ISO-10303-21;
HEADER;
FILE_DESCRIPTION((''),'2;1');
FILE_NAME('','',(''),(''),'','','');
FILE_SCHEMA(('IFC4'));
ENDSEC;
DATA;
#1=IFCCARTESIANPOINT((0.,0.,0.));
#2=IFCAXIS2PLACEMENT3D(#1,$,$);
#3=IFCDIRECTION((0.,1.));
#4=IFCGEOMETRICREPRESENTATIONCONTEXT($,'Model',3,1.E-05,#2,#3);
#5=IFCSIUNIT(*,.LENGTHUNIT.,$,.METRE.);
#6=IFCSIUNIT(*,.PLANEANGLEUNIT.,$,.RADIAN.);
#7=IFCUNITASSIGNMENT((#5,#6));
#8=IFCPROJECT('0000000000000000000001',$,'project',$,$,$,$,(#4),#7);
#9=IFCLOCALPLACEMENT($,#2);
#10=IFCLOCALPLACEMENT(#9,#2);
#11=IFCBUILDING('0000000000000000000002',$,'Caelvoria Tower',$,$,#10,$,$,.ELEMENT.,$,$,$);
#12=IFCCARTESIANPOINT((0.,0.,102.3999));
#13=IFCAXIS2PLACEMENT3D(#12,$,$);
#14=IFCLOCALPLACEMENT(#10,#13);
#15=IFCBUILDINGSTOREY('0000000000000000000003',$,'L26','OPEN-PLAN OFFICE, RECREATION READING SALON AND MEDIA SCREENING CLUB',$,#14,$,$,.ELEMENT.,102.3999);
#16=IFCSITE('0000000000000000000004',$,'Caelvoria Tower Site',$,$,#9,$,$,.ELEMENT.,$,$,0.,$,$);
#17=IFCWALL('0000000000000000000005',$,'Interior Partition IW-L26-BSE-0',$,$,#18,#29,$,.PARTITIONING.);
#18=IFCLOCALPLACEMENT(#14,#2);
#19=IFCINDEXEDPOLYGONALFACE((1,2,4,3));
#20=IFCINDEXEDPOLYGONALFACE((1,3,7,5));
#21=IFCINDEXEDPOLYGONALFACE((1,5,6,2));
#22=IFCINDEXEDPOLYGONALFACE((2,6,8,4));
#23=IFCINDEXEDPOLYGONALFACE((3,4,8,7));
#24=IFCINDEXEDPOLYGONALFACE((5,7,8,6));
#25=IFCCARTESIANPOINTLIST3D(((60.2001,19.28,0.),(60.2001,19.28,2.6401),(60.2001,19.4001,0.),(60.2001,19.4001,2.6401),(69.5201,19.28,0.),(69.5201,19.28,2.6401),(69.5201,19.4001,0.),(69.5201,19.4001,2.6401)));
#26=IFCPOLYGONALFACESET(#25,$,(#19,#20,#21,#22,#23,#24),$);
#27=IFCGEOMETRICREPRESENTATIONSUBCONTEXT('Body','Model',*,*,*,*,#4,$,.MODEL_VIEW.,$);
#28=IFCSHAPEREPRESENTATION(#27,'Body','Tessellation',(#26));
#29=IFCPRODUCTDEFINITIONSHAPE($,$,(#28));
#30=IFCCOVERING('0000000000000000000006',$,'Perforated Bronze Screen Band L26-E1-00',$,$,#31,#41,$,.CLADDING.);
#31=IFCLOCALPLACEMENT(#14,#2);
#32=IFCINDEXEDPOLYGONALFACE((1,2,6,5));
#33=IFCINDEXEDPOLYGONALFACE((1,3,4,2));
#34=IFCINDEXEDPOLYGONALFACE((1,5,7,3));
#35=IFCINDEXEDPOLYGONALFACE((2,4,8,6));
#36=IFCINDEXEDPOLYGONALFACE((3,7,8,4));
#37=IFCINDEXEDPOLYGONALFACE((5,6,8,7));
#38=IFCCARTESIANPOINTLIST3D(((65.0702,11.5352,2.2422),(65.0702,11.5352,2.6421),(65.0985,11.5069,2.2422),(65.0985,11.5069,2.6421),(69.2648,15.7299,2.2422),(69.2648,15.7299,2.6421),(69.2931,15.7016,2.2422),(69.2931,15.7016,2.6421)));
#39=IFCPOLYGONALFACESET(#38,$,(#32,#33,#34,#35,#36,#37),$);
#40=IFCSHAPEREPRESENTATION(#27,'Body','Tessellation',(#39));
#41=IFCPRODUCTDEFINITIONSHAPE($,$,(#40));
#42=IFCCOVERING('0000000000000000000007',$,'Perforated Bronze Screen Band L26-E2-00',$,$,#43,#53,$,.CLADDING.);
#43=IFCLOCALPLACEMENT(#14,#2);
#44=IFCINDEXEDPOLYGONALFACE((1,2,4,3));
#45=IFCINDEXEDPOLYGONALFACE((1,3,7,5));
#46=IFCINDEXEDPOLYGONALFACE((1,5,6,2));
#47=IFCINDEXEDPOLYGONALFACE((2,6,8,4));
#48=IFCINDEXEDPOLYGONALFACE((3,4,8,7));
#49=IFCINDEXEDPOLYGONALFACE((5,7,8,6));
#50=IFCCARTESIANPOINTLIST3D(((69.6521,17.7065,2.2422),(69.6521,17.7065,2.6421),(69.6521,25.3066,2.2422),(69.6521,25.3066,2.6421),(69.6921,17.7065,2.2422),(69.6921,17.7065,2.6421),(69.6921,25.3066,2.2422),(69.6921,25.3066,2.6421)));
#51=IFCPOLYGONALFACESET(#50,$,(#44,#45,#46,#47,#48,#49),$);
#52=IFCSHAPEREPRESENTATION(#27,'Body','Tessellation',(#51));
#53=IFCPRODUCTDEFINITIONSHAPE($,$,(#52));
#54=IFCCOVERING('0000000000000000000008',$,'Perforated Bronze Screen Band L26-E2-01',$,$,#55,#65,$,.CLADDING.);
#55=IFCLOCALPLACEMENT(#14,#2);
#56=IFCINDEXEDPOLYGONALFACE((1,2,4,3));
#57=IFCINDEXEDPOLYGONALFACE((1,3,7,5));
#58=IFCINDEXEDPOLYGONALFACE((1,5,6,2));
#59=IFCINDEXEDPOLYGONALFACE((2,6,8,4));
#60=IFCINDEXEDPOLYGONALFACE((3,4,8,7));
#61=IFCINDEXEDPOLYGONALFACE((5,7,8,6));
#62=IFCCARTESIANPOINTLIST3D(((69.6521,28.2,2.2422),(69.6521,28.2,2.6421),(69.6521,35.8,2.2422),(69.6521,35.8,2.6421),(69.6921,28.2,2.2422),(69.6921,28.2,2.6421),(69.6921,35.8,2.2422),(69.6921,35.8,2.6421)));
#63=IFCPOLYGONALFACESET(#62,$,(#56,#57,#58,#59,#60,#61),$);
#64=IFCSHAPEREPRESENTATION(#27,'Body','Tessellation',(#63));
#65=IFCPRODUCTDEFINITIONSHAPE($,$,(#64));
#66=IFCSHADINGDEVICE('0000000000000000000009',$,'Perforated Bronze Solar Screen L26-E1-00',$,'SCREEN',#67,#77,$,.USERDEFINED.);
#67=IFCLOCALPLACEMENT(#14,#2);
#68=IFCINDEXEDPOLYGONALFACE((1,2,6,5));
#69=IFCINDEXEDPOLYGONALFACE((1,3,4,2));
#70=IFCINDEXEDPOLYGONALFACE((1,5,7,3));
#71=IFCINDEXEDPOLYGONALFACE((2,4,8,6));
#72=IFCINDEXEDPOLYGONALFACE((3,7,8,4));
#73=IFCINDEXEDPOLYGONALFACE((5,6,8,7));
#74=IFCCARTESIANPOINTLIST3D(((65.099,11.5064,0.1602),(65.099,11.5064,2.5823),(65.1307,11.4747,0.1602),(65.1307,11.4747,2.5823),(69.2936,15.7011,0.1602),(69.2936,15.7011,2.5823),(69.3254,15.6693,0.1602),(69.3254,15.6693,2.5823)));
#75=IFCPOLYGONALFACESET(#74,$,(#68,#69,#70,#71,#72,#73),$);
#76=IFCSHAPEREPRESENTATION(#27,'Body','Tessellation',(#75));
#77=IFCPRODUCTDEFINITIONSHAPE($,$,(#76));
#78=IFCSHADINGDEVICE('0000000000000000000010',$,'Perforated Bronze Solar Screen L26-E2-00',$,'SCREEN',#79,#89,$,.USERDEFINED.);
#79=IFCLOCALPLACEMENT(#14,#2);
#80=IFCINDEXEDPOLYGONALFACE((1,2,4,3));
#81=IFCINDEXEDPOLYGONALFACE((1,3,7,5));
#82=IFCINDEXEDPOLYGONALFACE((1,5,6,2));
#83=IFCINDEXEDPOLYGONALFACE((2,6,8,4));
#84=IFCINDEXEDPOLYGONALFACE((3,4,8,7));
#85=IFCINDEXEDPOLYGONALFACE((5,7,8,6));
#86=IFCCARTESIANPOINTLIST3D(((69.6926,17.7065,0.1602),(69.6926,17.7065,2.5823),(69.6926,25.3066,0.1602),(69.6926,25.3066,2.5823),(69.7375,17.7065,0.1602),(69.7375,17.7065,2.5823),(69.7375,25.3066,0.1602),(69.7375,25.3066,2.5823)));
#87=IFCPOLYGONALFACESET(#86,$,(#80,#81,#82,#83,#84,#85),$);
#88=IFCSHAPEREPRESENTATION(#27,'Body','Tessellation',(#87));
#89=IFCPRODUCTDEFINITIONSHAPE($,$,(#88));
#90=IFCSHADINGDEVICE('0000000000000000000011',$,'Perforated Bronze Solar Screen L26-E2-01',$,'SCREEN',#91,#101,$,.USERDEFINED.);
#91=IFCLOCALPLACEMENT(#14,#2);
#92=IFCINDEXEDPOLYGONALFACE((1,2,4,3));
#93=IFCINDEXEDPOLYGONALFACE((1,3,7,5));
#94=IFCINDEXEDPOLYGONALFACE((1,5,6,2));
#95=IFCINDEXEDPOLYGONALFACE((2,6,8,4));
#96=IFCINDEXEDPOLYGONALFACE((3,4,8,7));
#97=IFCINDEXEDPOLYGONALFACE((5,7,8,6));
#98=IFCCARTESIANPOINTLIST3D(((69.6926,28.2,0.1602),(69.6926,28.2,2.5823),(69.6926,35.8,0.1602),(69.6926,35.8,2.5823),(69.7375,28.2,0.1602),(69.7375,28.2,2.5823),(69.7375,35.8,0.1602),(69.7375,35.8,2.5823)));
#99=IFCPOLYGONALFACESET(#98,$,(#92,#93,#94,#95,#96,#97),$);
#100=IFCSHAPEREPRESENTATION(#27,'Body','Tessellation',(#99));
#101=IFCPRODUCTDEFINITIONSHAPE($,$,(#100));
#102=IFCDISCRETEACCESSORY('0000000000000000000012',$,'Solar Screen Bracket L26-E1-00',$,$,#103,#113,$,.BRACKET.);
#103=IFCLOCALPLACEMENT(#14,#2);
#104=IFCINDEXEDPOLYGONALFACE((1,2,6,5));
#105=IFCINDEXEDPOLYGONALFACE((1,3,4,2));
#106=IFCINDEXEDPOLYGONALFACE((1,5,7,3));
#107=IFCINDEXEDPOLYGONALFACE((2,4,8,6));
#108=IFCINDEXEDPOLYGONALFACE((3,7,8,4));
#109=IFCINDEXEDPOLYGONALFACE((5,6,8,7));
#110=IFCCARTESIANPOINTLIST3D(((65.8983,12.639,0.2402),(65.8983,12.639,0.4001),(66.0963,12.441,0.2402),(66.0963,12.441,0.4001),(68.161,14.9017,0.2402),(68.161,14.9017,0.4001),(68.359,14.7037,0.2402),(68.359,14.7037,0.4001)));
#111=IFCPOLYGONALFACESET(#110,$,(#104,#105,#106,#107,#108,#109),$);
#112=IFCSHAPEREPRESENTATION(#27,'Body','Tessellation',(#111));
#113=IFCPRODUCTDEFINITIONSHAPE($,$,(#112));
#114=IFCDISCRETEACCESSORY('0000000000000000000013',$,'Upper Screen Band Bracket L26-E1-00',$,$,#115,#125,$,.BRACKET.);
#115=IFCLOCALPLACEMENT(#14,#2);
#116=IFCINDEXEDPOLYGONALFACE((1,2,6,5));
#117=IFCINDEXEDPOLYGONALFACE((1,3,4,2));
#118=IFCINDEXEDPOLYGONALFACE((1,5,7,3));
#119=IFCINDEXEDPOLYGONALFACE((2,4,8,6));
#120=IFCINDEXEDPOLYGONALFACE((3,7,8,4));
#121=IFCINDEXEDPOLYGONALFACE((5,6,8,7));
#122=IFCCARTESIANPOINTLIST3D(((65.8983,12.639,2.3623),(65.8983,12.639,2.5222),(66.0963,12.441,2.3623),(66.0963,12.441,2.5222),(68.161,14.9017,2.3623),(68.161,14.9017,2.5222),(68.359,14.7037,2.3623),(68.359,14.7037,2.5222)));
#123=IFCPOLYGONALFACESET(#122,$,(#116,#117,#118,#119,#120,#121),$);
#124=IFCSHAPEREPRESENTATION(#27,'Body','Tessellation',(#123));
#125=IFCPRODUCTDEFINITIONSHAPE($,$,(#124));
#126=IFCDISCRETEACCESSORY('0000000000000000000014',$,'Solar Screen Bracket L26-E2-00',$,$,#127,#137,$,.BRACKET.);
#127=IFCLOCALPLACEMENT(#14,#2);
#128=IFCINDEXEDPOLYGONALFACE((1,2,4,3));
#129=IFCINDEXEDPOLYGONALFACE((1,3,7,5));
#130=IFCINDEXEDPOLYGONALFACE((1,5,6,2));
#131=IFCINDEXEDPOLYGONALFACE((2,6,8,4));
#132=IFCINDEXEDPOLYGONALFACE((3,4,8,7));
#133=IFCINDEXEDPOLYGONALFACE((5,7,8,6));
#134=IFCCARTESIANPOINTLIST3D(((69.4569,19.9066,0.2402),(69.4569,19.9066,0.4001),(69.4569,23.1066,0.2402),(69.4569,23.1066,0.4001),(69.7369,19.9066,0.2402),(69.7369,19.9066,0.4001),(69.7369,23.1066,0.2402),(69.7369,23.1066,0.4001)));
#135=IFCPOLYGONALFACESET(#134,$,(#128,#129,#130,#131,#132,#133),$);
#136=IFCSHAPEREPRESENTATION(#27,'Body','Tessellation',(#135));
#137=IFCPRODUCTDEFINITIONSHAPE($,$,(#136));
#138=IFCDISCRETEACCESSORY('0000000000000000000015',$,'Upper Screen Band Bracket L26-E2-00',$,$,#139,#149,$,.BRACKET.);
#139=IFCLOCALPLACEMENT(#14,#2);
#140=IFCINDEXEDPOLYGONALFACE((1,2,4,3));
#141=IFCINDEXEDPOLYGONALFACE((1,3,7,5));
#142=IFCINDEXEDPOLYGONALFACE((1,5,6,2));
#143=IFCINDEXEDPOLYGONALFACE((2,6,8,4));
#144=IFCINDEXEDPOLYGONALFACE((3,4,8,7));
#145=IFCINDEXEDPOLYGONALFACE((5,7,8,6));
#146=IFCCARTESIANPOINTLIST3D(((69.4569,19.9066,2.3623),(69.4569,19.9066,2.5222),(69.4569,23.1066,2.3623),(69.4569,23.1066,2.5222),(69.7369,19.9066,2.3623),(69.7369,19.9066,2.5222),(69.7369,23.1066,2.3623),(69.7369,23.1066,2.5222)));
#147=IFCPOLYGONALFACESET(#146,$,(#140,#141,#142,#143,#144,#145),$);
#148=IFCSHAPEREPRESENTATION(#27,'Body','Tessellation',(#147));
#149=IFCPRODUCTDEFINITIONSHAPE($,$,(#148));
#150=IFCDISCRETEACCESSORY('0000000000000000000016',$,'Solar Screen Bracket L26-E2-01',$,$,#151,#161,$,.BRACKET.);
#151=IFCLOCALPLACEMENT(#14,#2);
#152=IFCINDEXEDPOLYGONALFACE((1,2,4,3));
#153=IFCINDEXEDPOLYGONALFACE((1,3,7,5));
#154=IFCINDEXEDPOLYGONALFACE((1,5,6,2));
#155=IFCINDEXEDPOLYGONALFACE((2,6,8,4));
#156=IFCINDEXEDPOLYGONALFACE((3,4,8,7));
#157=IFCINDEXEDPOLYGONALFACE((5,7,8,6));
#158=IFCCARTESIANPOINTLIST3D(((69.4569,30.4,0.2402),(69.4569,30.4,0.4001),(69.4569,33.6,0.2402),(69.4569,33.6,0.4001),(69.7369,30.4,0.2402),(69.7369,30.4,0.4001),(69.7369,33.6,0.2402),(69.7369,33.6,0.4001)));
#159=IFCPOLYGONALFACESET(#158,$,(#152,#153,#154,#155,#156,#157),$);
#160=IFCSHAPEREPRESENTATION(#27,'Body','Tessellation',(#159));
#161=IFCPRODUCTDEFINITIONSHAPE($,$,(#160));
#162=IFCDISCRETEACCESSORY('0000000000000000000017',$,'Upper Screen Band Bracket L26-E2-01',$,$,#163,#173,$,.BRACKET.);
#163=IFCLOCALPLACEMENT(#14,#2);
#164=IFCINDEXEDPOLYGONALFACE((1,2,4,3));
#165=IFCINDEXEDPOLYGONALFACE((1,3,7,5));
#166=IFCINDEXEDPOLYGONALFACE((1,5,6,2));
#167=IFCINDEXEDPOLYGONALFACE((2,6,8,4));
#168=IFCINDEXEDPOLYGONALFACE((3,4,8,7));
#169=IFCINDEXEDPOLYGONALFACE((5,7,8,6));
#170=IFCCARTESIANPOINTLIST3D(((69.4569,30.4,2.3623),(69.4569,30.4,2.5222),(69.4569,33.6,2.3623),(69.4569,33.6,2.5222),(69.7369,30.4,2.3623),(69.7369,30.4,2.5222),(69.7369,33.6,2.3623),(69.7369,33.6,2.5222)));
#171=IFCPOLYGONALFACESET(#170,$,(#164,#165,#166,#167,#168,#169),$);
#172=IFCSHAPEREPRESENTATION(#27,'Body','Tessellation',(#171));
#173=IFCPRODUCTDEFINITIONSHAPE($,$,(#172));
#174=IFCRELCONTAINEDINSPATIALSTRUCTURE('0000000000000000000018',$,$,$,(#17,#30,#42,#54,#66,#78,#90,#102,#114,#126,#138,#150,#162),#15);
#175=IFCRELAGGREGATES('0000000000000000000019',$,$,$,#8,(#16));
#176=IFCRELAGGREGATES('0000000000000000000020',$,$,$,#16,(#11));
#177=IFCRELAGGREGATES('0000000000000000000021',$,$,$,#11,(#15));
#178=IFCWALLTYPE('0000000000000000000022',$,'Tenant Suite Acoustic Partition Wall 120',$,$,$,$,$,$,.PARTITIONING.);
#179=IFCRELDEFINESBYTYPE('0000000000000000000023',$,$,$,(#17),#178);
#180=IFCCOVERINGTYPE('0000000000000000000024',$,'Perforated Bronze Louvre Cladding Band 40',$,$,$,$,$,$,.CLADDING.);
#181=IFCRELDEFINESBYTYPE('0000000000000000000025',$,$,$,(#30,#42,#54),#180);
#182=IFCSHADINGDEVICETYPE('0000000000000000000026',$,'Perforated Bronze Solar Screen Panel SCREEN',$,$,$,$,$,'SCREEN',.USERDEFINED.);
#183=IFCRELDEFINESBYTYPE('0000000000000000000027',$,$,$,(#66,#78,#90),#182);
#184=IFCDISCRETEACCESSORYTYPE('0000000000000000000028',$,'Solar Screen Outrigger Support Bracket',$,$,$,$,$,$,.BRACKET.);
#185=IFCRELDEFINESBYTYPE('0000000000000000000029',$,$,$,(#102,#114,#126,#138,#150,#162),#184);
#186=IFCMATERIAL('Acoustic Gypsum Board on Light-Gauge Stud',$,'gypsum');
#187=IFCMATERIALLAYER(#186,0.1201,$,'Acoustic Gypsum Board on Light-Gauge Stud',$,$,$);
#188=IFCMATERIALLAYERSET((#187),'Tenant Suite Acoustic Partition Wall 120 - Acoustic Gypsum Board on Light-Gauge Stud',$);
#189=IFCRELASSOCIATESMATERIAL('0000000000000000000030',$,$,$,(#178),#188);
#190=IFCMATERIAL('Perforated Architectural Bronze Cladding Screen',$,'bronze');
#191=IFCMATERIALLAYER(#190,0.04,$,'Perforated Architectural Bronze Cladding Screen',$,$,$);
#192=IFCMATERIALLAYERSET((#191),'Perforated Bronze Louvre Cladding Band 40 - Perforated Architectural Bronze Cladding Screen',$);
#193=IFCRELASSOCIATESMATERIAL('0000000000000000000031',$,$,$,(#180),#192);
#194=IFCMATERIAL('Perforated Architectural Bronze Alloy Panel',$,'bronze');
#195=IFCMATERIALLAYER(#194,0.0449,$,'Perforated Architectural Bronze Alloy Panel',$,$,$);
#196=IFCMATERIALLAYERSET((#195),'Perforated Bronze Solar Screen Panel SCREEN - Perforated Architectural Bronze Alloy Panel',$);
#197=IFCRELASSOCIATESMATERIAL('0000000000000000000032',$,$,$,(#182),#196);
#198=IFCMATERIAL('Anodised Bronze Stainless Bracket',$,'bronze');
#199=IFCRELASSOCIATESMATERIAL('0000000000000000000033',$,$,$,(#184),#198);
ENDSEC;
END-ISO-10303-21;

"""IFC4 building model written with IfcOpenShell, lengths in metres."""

from ifc_helpers import new_model, si_unit, direction, frame, frame_2d, origin, origin_2d, place, context, subcontext, project, spatial, rectangle, extrude, material, layer, layer_set, type_object, element, save


model = new_model("IFC4")

# Units and contexts
model_context = context("Model", 3, precision=1e-05, world=origin(), true_north=direction((0.0, 1.0)))
body_context = subcontext(model_context, "Body", "Model", "MODEL_VIEW")
ifc_project = project(units=[si_unit("LENGTHUNIT", "METRE"), si_unit("PLANEANGLEUNIT", "RADIAN")], contexts=[model_context])

# Site, building, storey
site_placement = place(None, origin())
site = spatial("IfcSite", under=ifc_project, at=site_placement, Name="Caelvoria Tower Site", CompositionType="ELEMENT", RefElevation=0.0)
building_placement = place(site_placement, origin())
building = spatial("IfcBuilding", under=site, at=building_placement, Name="Caelvoria Tower", CompositionType="ELEMENT")
storey_placement = place(building_placement, frame((0.0, 0.0, 102.3999)))
storey = spatial("IfcBuildingStorey", under=building, at=storey_placement, Name="L26", Description="OPEN-PLAN OFFICE, RECREATION READING SALON AND MEDIA SCREENING CLUB", CompositionType="ELEMENT", Elevation=102.3999)

# Shared definitions
ifc_material_1 = material(Name="Acoustic Gypsum Board on Light-Gauge Stud", Category="gypsum")
ifc_layer_1 = layer(ifc_material_1, 0.1201, Name="Acoustic Gypsum Board on Light-Gauge Stud")
ifc_layer_set_1 = layer_set([ifc_layer_1], Name="Tenant Suite Acoustic Partition Wall 120 - Acoustic Gypsum Board on Light-Gauge Stud")
wall_type_1 = type_object("IfcWallType", Name="Tenant Suite Acoustic Partition Wall 120", PredefinedType="PARTITIONING", material=ifc_layer_set_1)

# Wall
wall_1_placement = place(storey_placement, frame((60.2, 19.3401, 0.0), z_axis=(0.0, 0.0, 1.0), x_axis=(1.0, 0.0, 0.0)))
element("IfcWall", 1, at=wall_1_placement, inside=storey, type_object=wall_type_1, Name="Interior Partition IW-L26-BSE-0", PredefinedType="PARTITIONING", context=body_context, shape_type="SweptSolid", body=[
    extrude(rectangle(XDim=9.3201, YDim=0.1201, at=frame_2d((4.6602, 0.0))), origin(), (0.0, 0.0, 1.0), 2.6401),
])

# Coverings
ifc_material_2 = material(Name="Perforated Architectural Bronze Cladding Screen", Category="bronze")
ifc_layer_2 = layer(ifc_material_2, 0.04, Name="Perforated Architectural Bronze Cladding Screen")
ifc_layer_set_2 = layer_set([ifc_layer_2], Name="Perforated Bronze Louvre Cladding Band 40 - Perforated Architectural Bronze Cladding Screen")
covering_type = type_object("IfcCoveringType", Name="Perforated Bronze Louvre Cladding Band 40", PredefinedType="CLADDING", material=ifc_layer_set_2)
covering_placement = place(storey_placement, frame((67.1816, 13.6184, 2.2422), z_axis=(0.0, 0.0, 1.0), x_axis=(0.707107, 0.707107, 0.0)))
element("IfcCovering", 2, at=covering_placement, inside=storey, type_object=covering_type, Name="Perforated Bronze Screen Band L26-E1-00", PredefinedType="CLADDING", context=body_context, shape_type="SweptSolid", body=[
    extrude(rectangle(XDim=5.9321, YDim=0.04, at=origin_2d()), origin(), (0.0, 0.0, 1.0), 0.3999),
])
for number, where, z_axis, x_axis, name in (
    (3, (69.6721, 21.5066, 2.2422), (0.0, 0.0, 1.0), (0.0, 1.0, 0.0), "Perforated Bronze Screen Band L26-E2-00"),
    (4, (69.6721, 32.0, 2.2422), (0.0, 0.0, 1.0), (0.0, 1.0, 0.0), "Perforated Bronze Screen Band L26-E2-01"),
):
    element("IfcCovering", number, at=place(storey_placement, frame(where, z_axis=z_axis, x_axis=x_axis)), inside=storey, type_object=covering_type, Name=name, PredefinedType="CLADDING", context=body_context, shape_type="SweptSolid", body=[
        extrude(rectangle(XDim=7.6001, YDim=0.04, at=origin_2d()), origin(), (0.0, 0.0, 1.0), 0.3999),
    ])

# Shading devices
ifc_material_3 = material(Name="Perforated Architectural Bronze Alloy Panel", Category="bronze")
ifc_layer_3 = layer(ifc_material_3, 0.0449, Name="Perforated Architectural Bronze Alloy Panel")
ifc_layer_set_3 = layer_set([ifc_layer_3], Name="Perforated Bronze Solar Screen Panel SCREEN - Perforated Architectural Bronze Alloy Panel")
shading_device_type = type_object("IfcShadingDeviceType", Name="Perforated Bronze Solar Screen Panel SCREEN", ElementType="SCREEN", PredefinedType="USERDEFINED", material=ifc_layer_set_3)
shading_device_placement = place(storey_placement, frame((67.2122, 13.5879, 0.1602), z_axis=(0.0, 0.0, 1.0), x_axis=(0.707107, 0.707107, 0.0)))
element("IfcShadingDevice", 5, at=shading_device_placement, inside=storey, type_object=shading_device_type, Name="Perforated Bronze Solar Screen L26-E1-00", ObjectType="SCREEN", PredefinedType="USERDEFINED", context=body_context, shape_type="SweptSolid", body=[
    extrude(rectangle(XDim=5.9321, YDim=0.0449, at=origin_2d()), origin(), (0.0, 0.0, 1.0), 2.4221),
])
for number, where, z_axis, x_axis, name in (
    (6, (69.7151, 21.5066, 0.1602), (0.0, 0.0, 1.0), (0.0, 1.0, 0.0), "Perforated Bronze Solar Screen L26-E2-00"),
    (7, (69.7151, 32.0, 0.1602), (0.0, 0.0, 1.0), (0.0, 1.0, 0.0), "Perforated Bronze Solar Screen L26-E2-01"),
):
    element("IfcShadingDevice", number, at=place(storey_placement, frame(where, z_axis=z_axis, x_axis=x_axis)), inside=storey, type_object=shading_device_type, Name=name, ObjectType="SCREEN", PredefinedType="USERDEFINED", context=body_context, shape_type="SweptSolid", body=[
        extrude(rectangle(XDim=7.6001, YDim=0.0449, at=origin_2d()), origin(), (0.0, 0.0, 1.0), 2.4221),
    ])

# Discrete accessories
ifc_material_4 = material(Name="Anodised Bronze Stainless Bracket", Category="bronze")
discrete_accessory_type = type_object("IfcDiscreteAccessoryType", Name="Solar Screen Outrigger Support Bracket", PredefinedType="BRACKET", material=ifc_material_4)
for number, where, z_axis, x_axis, name in (
    (8, (67.1287, 13.6714, 0.2402), (0.0, 0.0, 1.0), (0.707107, 0.707107, 0.0), "Solar Screen Bracket L26-E1-00"),
    (9, (67.1287, 13.6714, 2.3623), (0.0, 0.0, 1.0), (0.707107, 0.707107, 0.0), "Upper Screen Band Bracket L26-E1-00"),
    (10, (69.5969, 21.5066, 0.2402), (0.0, 0.0, 1.0), (0.0, 1.0, 0.0), "Solar Screen Bracket L26-E2-00"),
    (11, (69.5969, 21.5066, 2.3623), (0.0, 0.0, 1.0), (0.0, 1.0, 0.0), "Upper Screen Band Bracket L26-E2-00"),
    (12, (69.5969, 32.0, 0.2402), (0.0, 0.0, 1.0), (0.0, 1.0, 0.0), "Solar Screen Bracket L26-E2-01"),
    (13, (69.5969, 32.0, 2.3623), (0.0, 0.0, 1.0), (0.0, 1.0, 0.0), "Upper Screen Band Bracket L26-E2-01"),
):
    element("IfcDiscreteAccessory", number, at=place(storey_placement, frame(where, z_axis=z_axis, x_axis=x_axis)), inside=storey, type_object=discrete_accessory_type, Name=name, PredefinedType="BRACKET", context=body_context, shape_type="SweptSolid", body=[
        extrude(rectangle(XDim=3.2, YDim=0.28, at=origin_2d()), origin(), (0.0, 0.0, 1.0), 0.1599),
    ])

save(model, "model.ifc")
